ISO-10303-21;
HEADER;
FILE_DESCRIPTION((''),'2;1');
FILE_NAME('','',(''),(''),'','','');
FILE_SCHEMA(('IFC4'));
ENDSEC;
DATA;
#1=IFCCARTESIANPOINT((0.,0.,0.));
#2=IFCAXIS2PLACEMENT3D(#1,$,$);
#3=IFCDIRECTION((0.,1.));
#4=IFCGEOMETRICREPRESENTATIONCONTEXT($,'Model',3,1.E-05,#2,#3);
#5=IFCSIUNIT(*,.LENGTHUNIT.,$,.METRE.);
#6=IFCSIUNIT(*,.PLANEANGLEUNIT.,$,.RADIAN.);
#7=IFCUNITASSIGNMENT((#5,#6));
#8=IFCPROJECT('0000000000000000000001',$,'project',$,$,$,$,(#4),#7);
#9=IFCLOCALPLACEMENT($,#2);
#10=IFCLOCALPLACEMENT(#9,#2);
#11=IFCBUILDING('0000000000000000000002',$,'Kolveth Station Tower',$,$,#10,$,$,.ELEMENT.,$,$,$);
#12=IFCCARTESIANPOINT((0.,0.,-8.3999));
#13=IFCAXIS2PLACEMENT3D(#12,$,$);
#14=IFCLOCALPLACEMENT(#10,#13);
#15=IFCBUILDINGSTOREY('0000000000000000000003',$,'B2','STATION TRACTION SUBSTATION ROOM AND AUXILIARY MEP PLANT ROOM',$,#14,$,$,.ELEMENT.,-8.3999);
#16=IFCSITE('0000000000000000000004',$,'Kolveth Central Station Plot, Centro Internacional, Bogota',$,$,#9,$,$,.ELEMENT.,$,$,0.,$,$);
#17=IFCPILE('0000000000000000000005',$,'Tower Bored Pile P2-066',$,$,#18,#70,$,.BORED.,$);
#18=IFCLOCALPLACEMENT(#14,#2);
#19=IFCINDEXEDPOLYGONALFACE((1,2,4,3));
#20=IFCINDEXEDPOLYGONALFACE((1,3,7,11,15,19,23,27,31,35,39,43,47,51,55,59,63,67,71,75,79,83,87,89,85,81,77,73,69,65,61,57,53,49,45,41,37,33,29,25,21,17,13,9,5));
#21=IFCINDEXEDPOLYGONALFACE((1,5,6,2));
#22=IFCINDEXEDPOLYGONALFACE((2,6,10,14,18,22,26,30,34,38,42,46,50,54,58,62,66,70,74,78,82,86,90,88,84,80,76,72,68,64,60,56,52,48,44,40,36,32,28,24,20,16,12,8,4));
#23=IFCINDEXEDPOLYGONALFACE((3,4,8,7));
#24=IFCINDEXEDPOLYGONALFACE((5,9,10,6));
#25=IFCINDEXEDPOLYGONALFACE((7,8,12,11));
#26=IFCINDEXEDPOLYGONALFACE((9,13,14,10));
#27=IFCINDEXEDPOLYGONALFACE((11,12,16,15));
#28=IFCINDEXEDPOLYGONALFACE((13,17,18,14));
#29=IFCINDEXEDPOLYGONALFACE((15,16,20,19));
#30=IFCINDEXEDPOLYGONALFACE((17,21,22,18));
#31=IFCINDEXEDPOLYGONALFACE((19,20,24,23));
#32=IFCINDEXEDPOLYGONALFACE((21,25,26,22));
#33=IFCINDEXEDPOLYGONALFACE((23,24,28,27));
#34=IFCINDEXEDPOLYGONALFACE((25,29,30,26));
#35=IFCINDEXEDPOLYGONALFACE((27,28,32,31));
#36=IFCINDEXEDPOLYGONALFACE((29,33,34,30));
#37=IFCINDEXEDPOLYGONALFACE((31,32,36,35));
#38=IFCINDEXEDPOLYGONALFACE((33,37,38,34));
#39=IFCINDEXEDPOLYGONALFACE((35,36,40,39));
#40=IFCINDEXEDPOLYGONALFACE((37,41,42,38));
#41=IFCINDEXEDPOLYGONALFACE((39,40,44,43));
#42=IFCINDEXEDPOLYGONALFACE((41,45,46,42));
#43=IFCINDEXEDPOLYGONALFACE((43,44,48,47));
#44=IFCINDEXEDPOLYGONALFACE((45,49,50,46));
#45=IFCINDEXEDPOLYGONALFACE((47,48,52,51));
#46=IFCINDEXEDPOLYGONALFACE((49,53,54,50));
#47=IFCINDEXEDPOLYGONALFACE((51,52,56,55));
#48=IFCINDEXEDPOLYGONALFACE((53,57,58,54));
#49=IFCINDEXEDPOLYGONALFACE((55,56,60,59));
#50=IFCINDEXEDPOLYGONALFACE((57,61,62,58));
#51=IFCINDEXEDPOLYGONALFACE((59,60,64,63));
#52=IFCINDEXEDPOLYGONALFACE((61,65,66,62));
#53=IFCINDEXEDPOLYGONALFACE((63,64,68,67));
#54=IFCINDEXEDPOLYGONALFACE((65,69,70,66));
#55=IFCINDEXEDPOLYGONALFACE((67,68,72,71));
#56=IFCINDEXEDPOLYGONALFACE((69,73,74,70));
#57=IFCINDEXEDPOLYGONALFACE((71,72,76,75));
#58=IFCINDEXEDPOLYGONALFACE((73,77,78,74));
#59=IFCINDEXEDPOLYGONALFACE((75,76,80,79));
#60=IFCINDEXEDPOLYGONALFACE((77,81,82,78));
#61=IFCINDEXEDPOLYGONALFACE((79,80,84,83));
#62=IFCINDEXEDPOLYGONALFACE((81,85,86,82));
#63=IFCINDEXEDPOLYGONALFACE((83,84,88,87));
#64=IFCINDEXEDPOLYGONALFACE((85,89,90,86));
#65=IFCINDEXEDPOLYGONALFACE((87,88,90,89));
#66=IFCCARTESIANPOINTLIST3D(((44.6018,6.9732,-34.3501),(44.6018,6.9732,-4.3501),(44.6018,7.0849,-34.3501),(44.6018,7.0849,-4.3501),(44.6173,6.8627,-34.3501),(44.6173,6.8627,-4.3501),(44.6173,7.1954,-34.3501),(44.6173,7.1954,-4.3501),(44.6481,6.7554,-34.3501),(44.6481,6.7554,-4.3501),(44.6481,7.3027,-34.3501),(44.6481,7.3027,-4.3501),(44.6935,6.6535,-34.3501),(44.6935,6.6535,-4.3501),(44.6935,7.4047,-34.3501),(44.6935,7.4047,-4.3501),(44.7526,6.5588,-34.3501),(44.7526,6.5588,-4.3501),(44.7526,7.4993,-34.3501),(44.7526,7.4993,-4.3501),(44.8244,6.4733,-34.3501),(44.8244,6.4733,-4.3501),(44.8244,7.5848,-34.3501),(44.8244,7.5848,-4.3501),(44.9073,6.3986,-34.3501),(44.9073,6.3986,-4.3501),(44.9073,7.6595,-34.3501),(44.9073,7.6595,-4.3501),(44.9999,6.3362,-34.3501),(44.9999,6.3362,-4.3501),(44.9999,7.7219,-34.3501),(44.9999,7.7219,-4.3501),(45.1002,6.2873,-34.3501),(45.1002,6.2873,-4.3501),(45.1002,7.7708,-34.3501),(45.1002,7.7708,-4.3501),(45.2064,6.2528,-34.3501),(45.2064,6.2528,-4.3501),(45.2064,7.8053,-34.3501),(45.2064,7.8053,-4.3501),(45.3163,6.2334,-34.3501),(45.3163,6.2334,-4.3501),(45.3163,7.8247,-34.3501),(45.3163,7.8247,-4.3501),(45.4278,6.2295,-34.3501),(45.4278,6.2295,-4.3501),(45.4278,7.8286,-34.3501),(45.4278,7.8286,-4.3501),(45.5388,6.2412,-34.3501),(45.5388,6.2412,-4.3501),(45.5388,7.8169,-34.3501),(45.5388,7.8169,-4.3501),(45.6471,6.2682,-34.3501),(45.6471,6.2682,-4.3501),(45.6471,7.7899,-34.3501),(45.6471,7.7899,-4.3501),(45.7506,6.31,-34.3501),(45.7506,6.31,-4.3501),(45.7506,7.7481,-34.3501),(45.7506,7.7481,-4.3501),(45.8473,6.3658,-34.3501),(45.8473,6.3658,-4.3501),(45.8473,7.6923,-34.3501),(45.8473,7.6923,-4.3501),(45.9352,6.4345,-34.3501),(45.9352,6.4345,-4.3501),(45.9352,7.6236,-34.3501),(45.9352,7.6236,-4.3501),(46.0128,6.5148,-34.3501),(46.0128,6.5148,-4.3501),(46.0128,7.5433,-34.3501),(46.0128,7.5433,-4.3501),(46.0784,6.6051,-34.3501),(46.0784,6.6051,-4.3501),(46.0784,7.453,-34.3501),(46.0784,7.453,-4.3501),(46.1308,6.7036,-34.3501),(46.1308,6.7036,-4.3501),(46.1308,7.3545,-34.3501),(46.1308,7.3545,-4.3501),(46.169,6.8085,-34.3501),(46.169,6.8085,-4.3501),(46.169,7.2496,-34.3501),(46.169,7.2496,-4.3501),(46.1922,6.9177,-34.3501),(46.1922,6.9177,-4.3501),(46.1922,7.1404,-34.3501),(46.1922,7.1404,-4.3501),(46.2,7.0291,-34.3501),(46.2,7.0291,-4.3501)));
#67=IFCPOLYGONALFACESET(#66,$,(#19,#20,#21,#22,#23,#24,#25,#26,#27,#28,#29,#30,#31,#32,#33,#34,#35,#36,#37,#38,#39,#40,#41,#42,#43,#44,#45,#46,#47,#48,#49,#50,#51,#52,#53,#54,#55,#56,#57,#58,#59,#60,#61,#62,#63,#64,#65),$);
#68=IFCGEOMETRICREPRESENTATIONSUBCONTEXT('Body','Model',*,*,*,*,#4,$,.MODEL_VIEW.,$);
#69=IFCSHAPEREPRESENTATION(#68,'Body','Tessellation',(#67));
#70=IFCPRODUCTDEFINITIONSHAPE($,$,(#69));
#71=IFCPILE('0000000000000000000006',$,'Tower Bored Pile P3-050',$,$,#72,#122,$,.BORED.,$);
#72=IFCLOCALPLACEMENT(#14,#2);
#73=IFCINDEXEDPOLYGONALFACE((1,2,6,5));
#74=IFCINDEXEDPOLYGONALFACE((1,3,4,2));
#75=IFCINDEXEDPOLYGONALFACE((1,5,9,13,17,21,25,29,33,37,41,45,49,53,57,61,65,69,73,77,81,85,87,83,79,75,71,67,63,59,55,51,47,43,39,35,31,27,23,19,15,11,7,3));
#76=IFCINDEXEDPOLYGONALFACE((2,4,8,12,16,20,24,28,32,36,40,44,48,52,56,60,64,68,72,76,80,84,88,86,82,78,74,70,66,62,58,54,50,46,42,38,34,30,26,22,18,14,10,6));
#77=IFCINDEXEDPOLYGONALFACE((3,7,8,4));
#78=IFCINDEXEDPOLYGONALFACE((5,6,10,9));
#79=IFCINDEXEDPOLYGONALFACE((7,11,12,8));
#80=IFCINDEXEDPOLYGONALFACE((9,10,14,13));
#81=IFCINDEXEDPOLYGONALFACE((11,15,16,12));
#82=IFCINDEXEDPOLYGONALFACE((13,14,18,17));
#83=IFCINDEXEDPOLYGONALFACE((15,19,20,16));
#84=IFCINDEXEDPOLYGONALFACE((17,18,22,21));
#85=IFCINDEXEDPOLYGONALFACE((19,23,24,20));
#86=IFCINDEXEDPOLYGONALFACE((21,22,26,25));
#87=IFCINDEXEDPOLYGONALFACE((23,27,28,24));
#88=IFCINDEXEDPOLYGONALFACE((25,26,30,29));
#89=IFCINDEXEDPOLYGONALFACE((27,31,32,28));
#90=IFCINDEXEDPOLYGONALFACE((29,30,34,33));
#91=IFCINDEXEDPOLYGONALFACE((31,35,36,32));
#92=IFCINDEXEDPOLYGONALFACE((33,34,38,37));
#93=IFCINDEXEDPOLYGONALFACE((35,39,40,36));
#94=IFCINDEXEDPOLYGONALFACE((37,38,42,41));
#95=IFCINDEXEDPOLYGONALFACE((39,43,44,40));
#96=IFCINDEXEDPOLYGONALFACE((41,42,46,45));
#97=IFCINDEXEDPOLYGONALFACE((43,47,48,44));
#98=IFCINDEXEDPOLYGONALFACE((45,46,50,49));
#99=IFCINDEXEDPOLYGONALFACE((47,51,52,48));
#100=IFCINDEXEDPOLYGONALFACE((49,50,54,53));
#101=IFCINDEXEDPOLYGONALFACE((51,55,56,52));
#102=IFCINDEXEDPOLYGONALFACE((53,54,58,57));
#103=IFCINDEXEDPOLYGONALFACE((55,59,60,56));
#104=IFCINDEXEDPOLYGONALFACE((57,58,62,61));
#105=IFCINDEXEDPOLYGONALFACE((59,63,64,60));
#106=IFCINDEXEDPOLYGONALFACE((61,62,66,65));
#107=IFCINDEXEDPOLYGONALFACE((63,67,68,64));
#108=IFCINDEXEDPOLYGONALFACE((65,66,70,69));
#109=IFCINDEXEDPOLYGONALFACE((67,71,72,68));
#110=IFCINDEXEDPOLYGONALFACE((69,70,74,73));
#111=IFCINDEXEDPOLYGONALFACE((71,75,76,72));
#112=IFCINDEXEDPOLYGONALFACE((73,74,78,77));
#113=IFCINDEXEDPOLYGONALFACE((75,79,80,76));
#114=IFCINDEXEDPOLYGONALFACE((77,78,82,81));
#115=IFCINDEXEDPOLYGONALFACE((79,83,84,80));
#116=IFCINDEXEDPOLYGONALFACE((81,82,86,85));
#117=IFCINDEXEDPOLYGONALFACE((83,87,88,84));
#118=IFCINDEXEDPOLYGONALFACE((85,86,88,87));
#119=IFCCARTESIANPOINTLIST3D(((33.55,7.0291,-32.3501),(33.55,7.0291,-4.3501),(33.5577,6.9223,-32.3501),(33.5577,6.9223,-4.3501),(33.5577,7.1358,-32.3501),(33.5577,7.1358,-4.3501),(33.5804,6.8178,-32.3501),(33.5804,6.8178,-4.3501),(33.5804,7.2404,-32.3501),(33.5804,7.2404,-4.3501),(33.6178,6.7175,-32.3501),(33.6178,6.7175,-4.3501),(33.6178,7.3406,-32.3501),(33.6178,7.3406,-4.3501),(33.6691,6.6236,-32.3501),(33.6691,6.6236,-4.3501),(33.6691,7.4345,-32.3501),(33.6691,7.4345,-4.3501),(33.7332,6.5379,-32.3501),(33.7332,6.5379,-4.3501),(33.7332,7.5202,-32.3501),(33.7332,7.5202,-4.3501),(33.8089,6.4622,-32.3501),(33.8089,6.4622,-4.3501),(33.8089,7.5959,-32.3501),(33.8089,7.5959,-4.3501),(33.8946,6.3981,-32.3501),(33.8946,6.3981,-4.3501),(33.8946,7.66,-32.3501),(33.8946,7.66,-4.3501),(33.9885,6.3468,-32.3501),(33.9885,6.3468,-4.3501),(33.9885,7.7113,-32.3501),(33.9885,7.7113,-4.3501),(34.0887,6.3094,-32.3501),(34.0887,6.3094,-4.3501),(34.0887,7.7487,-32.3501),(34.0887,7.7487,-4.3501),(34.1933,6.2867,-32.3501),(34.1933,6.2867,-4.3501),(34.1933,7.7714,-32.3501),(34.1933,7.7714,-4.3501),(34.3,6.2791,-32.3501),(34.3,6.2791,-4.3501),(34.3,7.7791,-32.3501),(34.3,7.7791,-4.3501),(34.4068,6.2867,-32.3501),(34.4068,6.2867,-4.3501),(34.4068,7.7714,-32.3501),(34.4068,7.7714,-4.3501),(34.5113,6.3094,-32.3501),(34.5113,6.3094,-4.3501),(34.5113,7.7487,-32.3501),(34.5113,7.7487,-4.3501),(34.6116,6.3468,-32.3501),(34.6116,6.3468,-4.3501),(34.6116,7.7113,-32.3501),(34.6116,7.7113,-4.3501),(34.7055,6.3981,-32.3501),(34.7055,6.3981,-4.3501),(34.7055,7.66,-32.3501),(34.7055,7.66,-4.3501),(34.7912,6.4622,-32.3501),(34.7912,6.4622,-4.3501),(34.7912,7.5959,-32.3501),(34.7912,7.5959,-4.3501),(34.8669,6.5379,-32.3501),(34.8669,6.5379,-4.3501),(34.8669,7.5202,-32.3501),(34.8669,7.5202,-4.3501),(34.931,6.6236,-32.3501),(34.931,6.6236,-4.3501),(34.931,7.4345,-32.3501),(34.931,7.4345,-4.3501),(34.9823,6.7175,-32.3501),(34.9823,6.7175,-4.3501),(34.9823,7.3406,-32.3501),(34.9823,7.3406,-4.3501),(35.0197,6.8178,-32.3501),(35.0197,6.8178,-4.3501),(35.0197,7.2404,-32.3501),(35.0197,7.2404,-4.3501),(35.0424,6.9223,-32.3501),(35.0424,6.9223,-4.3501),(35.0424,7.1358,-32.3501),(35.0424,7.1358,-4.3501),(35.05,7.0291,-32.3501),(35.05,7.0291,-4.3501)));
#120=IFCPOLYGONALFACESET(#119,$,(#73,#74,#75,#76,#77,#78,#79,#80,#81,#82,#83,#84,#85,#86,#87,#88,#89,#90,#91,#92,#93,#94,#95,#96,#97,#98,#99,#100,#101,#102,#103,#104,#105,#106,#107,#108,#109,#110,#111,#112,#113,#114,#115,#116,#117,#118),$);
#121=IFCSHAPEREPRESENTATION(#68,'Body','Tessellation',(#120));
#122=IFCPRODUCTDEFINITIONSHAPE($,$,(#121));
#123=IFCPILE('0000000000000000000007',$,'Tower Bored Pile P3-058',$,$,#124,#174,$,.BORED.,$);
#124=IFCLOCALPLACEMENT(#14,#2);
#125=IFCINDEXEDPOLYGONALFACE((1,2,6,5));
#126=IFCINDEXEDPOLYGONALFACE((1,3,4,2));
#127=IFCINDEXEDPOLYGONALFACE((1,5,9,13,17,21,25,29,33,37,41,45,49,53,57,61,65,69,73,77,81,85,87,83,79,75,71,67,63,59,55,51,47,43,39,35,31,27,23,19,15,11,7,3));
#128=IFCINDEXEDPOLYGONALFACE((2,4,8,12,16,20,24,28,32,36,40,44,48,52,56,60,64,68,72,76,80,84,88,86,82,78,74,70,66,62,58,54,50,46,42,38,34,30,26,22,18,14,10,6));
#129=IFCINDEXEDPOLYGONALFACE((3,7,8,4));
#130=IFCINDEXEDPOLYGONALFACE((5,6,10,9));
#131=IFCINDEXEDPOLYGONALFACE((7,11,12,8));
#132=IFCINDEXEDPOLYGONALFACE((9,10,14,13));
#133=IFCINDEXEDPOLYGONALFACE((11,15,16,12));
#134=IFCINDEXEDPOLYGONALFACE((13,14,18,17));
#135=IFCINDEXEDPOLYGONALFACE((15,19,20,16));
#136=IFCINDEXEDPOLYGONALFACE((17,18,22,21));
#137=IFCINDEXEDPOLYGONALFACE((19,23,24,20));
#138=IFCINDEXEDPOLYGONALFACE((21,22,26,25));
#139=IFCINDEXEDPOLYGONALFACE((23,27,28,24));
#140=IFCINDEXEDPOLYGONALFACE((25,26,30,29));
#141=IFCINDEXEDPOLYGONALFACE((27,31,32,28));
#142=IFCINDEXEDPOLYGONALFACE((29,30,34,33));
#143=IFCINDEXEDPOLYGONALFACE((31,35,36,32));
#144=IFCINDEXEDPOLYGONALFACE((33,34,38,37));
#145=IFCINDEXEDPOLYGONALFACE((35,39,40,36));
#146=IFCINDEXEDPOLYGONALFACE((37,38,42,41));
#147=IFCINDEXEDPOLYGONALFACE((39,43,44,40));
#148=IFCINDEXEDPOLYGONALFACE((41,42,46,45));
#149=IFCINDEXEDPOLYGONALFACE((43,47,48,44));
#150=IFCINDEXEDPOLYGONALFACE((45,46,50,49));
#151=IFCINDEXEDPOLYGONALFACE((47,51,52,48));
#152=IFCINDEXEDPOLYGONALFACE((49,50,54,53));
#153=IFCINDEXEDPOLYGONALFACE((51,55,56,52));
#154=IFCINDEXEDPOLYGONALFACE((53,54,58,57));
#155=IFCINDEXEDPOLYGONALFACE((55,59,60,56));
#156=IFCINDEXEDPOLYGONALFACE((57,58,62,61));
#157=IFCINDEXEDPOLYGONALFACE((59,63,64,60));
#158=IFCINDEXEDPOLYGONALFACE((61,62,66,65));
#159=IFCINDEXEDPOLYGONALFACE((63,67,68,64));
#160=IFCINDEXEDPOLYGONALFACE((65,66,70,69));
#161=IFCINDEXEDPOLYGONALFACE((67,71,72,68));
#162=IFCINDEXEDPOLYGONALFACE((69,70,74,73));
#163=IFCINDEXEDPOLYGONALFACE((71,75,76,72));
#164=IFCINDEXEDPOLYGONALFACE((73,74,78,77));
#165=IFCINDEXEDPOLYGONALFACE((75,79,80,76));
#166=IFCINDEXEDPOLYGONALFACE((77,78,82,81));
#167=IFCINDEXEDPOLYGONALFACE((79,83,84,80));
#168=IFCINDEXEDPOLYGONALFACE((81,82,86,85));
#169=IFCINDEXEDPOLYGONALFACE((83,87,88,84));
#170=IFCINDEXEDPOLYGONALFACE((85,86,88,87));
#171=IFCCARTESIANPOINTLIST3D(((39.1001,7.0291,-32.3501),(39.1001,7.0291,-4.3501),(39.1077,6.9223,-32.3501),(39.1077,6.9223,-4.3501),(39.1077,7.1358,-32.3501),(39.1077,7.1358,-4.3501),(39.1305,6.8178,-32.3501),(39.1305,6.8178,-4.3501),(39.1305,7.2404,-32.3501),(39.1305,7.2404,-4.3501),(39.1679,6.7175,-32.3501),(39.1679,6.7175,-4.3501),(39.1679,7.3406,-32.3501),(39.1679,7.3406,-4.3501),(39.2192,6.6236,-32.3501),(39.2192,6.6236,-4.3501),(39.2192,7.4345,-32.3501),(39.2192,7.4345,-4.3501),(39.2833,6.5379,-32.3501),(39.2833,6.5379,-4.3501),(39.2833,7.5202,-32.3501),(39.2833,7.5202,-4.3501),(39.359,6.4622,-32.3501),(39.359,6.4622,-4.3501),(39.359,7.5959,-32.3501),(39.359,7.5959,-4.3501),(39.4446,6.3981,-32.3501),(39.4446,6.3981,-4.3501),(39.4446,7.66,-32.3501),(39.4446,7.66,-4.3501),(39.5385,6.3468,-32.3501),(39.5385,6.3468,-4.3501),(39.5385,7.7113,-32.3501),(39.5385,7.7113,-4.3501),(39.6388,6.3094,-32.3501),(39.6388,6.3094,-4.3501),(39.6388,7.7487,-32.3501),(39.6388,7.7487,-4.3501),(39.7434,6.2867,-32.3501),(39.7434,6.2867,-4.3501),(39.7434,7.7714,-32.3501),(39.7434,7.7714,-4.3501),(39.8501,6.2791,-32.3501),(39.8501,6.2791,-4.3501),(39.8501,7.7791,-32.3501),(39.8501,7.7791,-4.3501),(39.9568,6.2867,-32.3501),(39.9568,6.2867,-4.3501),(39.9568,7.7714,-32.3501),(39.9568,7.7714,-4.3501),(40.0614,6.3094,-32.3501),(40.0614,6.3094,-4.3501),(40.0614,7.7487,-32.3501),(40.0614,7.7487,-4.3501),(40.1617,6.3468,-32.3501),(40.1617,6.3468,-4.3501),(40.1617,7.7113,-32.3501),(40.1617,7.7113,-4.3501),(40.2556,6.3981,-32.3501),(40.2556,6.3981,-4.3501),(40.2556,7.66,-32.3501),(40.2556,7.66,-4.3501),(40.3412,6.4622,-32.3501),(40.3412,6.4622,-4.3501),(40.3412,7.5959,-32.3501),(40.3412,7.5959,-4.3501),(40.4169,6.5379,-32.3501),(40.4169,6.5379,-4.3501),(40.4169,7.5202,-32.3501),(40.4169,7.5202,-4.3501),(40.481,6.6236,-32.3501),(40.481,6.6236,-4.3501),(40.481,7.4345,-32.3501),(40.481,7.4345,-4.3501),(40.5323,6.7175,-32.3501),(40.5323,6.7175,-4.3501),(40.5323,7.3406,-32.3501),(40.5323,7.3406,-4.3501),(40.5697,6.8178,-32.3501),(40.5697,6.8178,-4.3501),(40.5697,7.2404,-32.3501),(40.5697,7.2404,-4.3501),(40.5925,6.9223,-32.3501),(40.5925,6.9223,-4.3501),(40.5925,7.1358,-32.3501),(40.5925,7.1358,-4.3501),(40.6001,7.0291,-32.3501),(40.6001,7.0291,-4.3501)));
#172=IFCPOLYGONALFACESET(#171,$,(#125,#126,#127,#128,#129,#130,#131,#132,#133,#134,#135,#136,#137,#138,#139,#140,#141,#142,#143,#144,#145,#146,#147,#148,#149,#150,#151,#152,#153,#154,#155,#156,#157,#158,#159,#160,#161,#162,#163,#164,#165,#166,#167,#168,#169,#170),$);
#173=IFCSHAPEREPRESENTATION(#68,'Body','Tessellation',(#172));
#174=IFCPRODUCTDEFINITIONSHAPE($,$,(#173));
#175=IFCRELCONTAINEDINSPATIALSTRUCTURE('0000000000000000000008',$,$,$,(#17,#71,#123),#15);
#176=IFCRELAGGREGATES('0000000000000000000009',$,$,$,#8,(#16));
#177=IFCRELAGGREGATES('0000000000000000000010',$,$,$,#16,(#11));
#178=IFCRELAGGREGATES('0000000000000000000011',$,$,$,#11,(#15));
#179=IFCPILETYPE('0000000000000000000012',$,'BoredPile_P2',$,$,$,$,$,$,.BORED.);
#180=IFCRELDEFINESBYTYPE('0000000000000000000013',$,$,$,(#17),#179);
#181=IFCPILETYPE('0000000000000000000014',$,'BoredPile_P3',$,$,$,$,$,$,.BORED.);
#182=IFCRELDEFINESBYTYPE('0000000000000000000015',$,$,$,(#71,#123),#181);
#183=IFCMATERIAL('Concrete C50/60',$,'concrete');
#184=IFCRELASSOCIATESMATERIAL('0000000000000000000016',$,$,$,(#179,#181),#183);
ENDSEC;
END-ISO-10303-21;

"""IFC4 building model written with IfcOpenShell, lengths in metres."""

from ifc_helpers import new_model, si_unit, direction, frame, origin, origin_2d, place, context, subcontext, project, spatial, circle, extrude, source, transform, mapped, material, material_profile, profile_set, type_object, element, save


model = new_model("IFC4")

# Units and contexts
model_context = context("Model", 3, precision=1e-05, world=origin(), true_north=direction((0.0, 1.0)))
body_context = subcontext(model_context, "Body", "Model", "MODEL_VIEW")
ifc_project = project(units=[si_unit("LENGTHUNIT", "METRE"), si_unit("PLANEANGLEUNIT", "RADIAN")], contexts=[model_context])

# Site, building, storey
site_placement = place(None, origin())
site = spatial("IfcSite", under=ifc_project, at=site_placement, Name="Kolveth Central Station Plot, Centro Internacional, Bogota", CompositionType="ELEMENT", RefElevation=0.0)
building_placement = place(site_placement, origin())
building = spatial("IfcBuilding", under=site, at=building_placement, Name="Kolveth Station Tower", CompositionType="ELEMENT")
storey_placement = place(building_placement, frame((0.0, 0.0, -8.3999)))
storey = spatial("IfcBuildingStorey", under=building, at=storey_placement, Name="B2", Description="STATION TRACTION SUBSTATION ROOM AND AUXILIARY MEP PLANT ROOM", CompositionType="ELEMENT", Elevation=-8.3999)

# Piles
ifc_material_1 = material(Name="Concrete C50/60", Category="concrete")
ifc_material_profile_1 = material_profile(ifc_material_1, circle(Radius=0.8, at=origin_2d()), Name="PILE-D1600")
ifc_profile_set_1 = profile_set([ifc_material_profile_1], Name="Concrete C50/60")
pile_type_1 = type_object("IfcPileType", Name="BoredPile_P2", PredefinedType="BORED", material=ifc_profile_set_1)
shared_shape_1 = source(origin(), body_context, "Body", "SweptSolid", [
    extrude(circle(Radius=0.8, at=origin_2d()), origin(), (0.0, 0.0, 1.0), 30.0),
])
for number, where, z_axis, x_axis, name in (
    (1, (45.3999, 7.0291, -4.3501), (0.0, 0.0, -1.0), (1.0, 0.0, 0.0), "Tower Bored Pile P2-066"),
):
    element("IfcPile", number, at=place(storey_placement, frame(where, z_axis=z_axis, x_axis=x_axis)), inside=storey, type_object=pile_type_1, Name=name, PredefinedType="BORED", context=body_context, shape_type="MappedRepresentation", body=[
        mapped(shared_shape_1, transform((0.0, 0.0, 0.0), x_axis=(1.0, 0.0, 0.0), y_axis=(0.0, 1.0, 0.0), z_axis=(0.0, 0.0, 1.0), scale=1.0)),
    ])
ifc_material_profile_2 = material_profile(ifc_material_1, circle(Radius=0.75, at=origin_2d()), Name="PILE-D1500")
ifc_profile_set_2 = profile_set([ifc_material_profile_2], Name="Concrete C50/60")
pile_type_2 = type_object("IfcPileType", Name="BoredPile_P3", PredefinedType="BORED", material=ifc_profile_set_2)
shared_shape_2 = source(origin(), body_context, "Body", "SweptSolid", [
    extrude(circle(Radius=0.75, at=origin_2d()), origin(), (0.0, 0.0, 1.0), 28.0),
])
for number, where, z_axis, x_axis, name in (
    (2, (34.3, 7.0291, -4.3501), (0.0, 0.0, -1.0), (1.0, 0.0, 0.0), "Tower Bored Pile P3-050"),
    (3, (39.8501, 7.0291, -4.3501), (0.0, 0.0, -1.0), (1.0, 0.0, 0.0), "Tower Bored Pile P3-058"),
):
    element("IfcPile", number, at=place(storey_placement, frame(where, z_axis=z_axis, x_axis=x_axis)), inside=storey, type_object=pile_type_2, Name=name, PredefinedType="BORED", context=body_context, shape_type="MappedRepresentation", body=[
        mapped(shared_shape_2, transform((0.0, 0.0, 0.0), x_axis=(1.0, 0.0, 0.0), y_axis=(0.0, 1.0, 0.0), z_axis=(0.0, 0.0, 1.0), scale=1.0)),
    ])

save(model, "model.ifc")
